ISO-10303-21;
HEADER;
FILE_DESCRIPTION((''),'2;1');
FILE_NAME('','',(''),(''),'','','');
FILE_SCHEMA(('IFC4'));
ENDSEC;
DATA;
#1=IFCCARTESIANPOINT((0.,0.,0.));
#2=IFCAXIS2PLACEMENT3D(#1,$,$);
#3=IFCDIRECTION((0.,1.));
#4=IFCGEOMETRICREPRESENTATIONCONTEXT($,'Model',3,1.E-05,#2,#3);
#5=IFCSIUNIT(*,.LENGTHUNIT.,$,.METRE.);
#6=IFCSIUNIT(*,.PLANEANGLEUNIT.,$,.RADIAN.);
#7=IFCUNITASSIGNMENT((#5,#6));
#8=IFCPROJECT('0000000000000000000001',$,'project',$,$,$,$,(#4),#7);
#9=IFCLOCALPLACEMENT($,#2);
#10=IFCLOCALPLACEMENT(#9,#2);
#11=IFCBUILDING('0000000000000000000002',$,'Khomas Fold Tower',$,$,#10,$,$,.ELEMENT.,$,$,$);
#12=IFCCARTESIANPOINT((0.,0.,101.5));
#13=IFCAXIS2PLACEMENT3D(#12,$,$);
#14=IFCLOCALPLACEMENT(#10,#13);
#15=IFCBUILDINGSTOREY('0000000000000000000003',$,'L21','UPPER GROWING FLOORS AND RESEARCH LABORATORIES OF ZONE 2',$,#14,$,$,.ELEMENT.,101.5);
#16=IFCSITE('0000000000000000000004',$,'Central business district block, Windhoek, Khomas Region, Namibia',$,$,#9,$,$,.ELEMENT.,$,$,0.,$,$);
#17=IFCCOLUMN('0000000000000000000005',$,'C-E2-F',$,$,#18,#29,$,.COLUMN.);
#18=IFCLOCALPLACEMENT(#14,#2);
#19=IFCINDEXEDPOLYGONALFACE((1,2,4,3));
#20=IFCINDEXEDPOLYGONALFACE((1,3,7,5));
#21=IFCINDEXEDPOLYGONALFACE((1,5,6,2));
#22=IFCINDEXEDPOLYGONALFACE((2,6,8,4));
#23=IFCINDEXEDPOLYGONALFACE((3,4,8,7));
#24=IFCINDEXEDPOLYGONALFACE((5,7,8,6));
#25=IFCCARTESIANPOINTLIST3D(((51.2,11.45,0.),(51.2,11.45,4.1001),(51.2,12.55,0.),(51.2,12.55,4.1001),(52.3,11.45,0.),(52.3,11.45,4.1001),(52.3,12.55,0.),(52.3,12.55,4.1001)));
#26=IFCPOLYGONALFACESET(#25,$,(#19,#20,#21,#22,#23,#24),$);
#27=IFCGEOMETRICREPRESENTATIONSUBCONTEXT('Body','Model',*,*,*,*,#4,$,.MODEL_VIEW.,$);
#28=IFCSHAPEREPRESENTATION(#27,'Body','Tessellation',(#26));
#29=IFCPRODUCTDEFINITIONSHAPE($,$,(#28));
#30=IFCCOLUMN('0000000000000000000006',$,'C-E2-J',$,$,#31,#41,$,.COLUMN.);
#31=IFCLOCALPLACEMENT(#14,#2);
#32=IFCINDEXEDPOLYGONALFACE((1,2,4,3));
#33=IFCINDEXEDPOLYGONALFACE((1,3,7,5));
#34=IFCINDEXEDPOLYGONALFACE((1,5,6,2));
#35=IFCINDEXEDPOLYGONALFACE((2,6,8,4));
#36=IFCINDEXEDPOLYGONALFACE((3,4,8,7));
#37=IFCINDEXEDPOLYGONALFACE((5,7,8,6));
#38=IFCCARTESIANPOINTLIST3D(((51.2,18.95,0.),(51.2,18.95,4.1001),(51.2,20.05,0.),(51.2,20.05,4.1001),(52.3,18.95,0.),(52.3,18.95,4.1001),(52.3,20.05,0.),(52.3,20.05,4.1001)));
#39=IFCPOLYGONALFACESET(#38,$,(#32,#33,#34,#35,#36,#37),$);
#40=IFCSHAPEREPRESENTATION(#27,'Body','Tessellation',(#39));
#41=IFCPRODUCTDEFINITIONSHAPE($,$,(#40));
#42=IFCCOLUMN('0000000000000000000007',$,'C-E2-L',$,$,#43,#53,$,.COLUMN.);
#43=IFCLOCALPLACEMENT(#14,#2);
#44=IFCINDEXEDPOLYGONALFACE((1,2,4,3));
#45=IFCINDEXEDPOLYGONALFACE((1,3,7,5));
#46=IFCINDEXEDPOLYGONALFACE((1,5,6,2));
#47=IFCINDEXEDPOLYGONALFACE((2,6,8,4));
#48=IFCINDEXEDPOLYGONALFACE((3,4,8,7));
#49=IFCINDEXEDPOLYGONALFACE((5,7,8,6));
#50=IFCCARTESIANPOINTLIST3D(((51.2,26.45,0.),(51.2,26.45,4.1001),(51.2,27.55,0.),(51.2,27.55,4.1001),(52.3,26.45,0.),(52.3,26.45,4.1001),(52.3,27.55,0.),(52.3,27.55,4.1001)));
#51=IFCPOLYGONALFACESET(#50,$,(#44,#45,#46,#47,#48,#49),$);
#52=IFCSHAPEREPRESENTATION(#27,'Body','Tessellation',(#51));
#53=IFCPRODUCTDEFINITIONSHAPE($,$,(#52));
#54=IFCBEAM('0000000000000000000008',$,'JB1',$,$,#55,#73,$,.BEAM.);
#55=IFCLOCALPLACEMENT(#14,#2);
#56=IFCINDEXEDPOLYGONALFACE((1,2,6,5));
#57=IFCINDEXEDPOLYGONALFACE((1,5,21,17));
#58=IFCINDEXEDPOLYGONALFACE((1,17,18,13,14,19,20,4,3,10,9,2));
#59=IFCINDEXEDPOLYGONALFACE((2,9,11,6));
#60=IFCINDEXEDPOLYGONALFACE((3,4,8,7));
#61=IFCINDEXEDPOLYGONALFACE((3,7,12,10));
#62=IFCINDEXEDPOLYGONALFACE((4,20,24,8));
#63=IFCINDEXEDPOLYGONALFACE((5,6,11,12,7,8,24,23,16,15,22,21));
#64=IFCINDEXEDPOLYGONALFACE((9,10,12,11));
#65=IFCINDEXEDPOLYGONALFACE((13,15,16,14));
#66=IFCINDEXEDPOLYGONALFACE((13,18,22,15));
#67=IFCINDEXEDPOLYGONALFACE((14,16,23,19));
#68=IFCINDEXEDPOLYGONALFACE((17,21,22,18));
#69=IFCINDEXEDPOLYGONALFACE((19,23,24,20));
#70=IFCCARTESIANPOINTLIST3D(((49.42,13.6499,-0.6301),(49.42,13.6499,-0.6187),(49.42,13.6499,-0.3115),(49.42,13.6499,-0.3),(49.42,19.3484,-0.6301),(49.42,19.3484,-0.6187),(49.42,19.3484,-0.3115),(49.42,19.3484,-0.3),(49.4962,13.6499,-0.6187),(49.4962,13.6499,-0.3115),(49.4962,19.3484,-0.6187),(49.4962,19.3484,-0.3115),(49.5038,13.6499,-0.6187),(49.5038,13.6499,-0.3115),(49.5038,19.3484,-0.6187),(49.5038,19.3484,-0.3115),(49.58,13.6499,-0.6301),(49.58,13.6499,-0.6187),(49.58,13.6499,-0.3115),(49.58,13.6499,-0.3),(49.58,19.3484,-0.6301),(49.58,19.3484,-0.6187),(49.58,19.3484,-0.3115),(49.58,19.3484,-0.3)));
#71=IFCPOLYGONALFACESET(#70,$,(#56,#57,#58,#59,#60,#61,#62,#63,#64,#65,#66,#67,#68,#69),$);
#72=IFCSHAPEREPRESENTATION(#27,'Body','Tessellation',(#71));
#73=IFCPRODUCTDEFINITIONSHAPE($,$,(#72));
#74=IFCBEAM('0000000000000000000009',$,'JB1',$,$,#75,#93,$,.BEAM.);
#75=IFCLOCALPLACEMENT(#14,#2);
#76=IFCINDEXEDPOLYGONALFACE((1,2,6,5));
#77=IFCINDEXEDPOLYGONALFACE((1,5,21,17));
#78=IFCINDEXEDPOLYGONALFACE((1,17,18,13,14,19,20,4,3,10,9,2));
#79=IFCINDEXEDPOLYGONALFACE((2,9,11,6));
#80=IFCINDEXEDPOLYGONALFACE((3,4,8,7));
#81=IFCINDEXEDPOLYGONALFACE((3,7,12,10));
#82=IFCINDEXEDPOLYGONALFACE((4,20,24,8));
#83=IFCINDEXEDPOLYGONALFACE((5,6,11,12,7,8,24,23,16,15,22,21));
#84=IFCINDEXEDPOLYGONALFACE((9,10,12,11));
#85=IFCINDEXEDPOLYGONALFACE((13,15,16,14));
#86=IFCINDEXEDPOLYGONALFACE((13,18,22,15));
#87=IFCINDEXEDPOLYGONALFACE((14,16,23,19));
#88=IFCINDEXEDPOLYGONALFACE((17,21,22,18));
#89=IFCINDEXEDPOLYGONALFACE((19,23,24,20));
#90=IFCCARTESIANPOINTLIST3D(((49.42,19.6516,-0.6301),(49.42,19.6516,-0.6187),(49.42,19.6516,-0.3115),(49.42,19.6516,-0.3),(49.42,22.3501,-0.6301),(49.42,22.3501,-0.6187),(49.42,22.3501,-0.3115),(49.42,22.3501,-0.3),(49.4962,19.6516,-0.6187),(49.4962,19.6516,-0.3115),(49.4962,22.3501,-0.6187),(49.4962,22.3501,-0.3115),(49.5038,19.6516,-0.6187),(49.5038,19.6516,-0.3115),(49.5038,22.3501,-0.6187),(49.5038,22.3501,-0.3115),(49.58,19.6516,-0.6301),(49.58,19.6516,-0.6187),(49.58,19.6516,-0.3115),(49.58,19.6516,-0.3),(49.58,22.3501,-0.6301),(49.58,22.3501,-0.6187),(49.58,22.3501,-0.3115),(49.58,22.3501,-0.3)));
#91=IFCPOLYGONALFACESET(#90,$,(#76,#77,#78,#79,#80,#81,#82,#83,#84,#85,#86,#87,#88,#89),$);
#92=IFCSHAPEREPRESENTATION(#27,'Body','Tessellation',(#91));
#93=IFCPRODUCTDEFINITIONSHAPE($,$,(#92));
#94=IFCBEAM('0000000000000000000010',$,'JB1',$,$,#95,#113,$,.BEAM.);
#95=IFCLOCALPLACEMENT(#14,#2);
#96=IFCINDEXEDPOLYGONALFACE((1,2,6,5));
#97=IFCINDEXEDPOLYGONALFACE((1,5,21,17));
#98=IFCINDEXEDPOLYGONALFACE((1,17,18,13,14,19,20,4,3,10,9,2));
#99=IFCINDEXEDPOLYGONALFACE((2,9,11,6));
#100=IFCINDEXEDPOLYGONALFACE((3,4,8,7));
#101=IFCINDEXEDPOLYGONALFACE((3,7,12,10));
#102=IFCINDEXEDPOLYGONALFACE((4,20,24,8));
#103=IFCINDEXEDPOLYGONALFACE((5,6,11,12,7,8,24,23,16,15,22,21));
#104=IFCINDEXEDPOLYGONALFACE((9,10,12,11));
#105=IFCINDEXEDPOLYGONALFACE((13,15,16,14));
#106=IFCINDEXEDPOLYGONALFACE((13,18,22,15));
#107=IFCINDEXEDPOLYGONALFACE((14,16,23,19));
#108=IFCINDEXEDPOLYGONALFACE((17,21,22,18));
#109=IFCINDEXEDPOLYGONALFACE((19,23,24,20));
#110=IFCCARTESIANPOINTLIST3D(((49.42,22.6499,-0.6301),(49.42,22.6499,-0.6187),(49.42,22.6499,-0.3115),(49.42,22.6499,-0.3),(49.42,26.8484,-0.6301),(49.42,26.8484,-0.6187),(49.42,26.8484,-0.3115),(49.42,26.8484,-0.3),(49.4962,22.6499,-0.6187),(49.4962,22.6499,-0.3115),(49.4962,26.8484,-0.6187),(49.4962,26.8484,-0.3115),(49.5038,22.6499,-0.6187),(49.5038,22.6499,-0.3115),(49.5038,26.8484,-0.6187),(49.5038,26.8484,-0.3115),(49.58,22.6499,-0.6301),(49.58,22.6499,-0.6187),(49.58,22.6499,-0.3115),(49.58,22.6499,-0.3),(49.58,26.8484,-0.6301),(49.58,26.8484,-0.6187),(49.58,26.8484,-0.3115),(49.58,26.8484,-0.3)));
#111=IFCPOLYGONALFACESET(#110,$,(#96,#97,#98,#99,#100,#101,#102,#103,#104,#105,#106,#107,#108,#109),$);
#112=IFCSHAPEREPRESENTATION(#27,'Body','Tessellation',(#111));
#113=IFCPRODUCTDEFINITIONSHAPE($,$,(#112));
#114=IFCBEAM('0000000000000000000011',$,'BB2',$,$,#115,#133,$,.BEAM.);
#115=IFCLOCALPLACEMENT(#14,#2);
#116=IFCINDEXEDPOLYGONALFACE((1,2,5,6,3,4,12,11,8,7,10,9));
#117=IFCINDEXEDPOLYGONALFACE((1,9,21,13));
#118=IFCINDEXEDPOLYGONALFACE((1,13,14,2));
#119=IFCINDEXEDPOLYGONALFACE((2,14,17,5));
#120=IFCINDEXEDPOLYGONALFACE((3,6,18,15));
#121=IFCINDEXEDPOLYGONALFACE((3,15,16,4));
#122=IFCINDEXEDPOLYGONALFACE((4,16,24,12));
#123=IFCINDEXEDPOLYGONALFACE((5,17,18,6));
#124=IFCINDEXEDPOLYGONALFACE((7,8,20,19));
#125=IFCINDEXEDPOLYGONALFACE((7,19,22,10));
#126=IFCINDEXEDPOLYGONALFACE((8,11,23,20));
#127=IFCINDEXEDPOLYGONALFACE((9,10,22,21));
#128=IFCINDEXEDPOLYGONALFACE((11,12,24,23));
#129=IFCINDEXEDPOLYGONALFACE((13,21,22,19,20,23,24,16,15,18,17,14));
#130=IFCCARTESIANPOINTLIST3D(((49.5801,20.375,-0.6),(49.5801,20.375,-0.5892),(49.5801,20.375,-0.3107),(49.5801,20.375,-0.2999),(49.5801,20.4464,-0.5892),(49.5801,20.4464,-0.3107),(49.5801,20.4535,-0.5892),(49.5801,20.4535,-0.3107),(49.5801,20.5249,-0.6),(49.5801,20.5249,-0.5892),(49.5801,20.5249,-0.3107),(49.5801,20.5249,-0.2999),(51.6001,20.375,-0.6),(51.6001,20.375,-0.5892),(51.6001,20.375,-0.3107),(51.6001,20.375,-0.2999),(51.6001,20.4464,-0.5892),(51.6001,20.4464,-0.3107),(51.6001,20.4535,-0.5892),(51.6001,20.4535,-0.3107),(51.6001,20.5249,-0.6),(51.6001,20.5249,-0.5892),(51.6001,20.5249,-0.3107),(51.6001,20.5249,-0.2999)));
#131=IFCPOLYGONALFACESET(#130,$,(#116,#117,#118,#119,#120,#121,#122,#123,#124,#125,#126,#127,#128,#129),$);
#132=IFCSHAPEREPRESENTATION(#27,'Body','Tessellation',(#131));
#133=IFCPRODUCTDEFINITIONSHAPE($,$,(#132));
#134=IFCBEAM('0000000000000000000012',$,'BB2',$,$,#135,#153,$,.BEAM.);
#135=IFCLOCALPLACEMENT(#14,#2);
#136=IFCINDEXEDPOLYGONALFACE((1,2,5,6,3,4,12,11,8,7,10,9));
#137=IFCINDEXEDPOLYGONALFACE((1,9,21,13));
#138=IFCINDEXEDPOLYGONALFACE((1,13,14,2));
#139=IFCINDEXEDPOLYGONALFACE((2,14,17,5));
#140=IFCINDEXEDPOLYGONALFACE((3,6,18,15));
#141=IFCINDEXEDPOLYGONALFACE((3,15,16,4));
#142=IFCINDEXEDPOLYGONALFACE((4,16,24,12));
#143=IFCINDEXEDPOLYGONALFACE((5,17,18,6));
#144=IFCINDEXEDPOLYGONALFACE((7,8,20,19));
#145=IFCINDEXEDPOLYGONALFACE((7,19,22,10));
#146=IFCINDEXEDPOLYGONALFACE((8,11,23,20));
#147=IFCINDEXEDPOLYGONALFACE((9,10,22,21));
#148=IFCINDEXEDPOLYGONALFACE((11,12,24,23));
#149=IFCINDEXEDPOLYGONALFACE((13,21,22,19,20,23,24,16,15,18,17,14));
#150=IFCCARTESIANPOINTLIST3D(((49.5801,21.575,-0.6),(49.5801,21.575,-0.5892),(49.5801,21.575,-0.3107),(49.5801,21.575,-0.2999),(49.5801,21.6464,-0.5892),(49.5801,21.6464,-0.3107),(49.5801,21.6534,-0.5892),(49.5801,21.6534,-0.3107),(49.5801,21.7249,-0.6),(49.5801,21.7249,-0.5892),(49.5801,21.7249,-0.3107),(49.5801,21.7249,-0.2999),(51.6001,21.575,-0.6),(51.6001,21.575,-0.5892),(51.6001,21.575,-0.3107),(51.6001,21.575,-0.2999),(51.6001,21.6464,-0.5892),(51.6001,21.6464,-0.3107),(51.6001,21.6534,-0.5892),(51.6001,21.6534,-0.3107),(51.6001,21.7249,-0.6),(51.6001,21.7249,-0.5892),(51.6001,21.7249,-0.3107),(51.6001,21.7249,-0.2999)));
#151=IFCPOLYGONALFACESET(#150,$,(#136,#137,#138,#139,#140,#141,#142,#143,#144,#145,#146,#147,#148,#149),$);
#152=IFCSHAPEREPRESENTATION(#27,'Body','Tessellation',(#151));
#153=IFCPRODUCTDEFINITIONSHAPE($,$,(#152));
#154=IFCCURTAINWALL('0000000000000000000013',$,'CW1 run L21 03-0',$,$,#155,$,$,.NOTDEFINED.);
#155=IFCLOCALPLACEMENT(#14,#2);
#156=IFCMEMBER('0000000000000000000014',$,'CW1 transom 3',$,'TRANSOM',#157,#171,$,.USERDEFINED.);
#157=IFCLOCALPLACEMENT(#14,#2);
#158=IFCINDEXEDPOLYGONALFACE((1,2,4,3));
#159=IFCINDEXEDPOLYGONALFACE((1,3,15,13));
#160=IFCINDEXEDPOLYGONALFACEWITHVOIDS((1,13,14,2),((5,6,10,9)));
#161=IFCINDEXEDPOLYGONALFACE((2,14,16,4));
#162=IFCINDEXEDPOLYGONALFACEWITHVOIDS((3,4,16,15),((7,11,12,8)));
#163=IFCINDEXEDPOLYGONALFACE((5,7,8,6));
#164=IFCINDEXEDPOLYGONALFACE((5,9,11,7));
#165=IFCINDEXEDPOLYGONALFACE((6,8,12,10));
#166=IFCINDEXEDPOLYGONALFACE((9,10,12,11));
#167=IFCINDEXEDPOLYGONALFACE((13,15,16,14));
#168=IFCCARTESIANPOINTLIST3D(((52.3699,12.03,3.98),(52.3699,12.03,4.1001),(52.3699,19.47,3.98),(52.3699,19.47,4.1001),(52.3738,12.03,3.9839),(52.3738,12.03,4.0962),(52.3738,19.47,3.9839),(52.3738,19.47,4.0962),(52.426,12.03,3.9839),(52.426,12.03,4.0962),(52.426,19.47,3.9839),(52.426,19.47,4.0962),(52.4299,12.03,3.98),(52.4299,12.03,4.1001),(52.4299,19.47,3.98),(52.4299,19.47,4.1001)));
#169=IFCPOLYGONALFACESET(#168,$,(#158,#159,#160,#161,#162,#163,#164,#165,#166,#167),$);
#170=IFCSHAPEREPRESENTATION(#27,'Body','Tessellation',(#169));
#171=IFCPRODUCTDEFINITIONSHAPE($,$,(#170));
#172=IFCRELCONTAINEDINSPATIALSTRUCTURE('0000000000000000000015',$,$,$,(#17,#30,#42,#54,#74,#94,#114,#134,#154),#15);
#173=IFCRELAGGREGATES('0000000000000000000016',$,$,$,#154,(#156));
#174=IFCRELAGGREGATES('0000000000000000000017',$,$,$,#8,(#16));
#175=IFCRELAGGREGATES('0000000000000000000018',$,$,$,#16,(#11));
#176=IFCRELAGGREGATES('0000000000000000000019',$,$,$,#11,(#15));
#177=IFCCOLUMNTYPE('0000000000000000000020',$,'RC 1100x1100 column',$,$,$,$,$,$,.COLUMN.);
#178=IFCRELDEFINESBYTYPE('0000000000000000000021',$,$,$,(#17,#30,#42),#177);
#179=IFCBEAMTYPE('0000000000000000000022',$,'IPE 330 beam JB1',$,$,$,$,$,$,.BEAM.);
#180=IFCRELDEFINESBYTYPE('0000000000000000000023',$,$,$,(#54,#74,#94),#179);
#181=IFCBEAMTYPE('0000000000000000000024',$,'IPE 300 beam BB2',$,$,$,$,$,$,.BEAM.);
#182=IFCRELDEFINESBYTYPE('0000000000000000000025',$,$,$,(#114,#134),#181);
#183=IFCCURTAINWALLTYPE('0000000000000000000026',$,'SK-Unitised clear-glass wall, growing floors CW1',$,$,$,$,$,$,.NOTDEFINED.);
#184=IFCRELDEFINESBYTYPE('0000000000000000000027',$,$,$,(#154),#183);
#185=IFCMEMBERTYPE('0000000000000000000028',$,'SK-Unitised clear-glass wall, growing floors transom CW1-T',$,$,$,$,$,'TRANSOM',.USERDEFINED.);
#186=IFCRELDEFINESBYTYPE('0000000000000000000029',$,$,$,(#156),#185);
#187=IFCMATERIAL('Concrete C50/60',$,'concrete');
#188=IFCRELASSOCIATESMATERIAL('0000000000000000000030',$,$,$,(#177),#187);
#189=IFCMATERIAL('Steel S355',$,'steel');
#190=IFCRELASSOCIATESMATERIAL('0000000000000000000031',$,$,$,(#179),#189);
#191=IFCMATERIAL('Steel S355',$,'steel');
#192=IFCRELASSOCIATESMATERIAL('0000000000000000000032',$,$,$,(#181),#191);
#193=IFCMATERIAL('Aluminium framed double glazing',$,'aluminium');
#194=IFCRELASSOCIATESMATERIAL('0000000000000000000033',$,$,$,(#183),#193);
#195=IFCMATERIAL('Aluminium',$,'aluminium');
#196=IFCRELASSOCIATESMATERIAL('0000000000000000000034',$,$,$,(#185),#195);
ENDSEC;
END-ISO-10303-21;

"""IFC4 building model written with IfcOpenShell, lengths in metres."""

from ifc_helpers import new_model, si_unit, direction, frame, origin, origin_2d, place, context, subcontext, project, spatial, rectangle, hollow_rectangle, i_section, extrude, source, transform, mapped, material, material_profile, profile_set, type_object, element, aggregate, save


model = new_model("IFC4")

# Units and contexts
model_context = context("Model", 3, precision=1e-05, world=origin(), true_north=direction((0.0, 1.0)))
body_context = subcontext(model_context, "Body", "Model", "MODEL_VIEW")
ifc_project = project(units=[si_unit("LENGTHUNIT", "METRE"), si_unit("PLANEANGLEUNIT", "RADIAN")], contexts=[model_context])

# Site, building, storey
site_placement = place(None, origin())
site = spatial("IfcSite", under=ifc_project, at=site_placement, Name="Central business district block, Windhoek, Khomas Region, Namibia", CompositionType="ELEMENT", RefElevation=0.0)
building_placement = place(site_placement, origin())
building = spatial("IfcBuilding", under=site, at=building_placement, Name="Khomas Fold Tower", CompositionType="ELEMENT")
storey_placement = place(building_placement, frame((0.0, 0.0, 101.5)))
storey = spatial("IfcBuildingStorey", under=building, at=storey_placement, Name="L21", Description="UPPER GROWING FLOORS AND RESEARCH LABORATORIES OF ZONE 2", CompositionType="ELEMENT", Elevation=101.5)

# Columns
ifc_material_1 = material(Name="Concrete C50/60", Category="concrete")
ifc_material_profile_1 = material_profile(ifc_material_1, rectangle(XDim=1.1001, YDim=1.1001, at=origin_2d()), Name="RC 1100x1100")
ifc_profile_set_1 = profile_set([ifc_material_profile_1], Name="Concrete C50/60")
column_type = type_object("IfcColumnType", Name="RC 1100x1100 column", PredefinedType="COLUMN", material=ifc_profile_set_1)
shared_shape_1 = source(origin(), body_context, "Body", "SweptSolid", [
    extrude(rectangle(XDim=1.1001, YDim=1.1001, at=origin_2d()), origin(), (0.0, 0.0, 1.0), 4.1001),
])
for number, where, z_axis, x_axis, name in (
    (1, (51.75, 12.0, 0.0), (0.0, 0.0, 1.0), (1.0, 0.0, 0.0), "C-E2-F"),
    (2, (51.75, 19.5, 0.0), (0.0, 0.0, 1.0), (1.0, 0.0, 0.0), "C-E2-J"),
    (3, (51.75, 27.0, 0.0), (0.0, 0.0, 1.0), (1.0, 0.0, 0.0), "C-E2-L"),
):
    element("IfcColumn", number, at=place(storey_placement, frame(where, z_axis=z_axis, x_axis=x_axis)), inside=storey, type_object=column_type, Name=name, PredefinedType="COLUMN", context=body_context, shape_type="MappedRepresentation", body=[
        mapped(shared_shape_1, transform((0.0, 0.0, 0.0))),
    ])

# Beams
ifc_material_2 = material(Name="Steel S355", Category="steel")
ifc_material_profile_2 = material_profile(ifc_material_2, i_section(OverallWidth=0.1599, OverallDepth=0.3301, WebThickness=0.0076, FlangeThickness=0.0115, at=origin_2d()), Name="IPE 330")
ifc_profile_set_2 = profile_set([ifc_material_profile_2], Name="Steel S355")
beam_type_1 = type_object("IfcBeamType", Name="IPE 330 beam JB1", PredefinedType="BEAM", material=ifc_profile_set_2)
shared_shape_2 = source(origin(), body_context, "Body", "SweptSolid", [
    extrude(i_section(OverallWidth=0.1599, OverallDepth=0.3301, WebThickness=0.0076, FlangeThickness=0.0115, at=origin_2d()), origin(), (0.0, 0.0, 1.0), 5.6985),
])
beam_1_placement = place(storey_placement, frame((49.5, 13.6499, -0.4651), z_axis=(0.0, 1.0, 0.0), x_axis=(-1.0, 0.0, 0.0)))
element("IfcBeam", 4, at=beam_1_placement, inside=storey, type_object=beam_type_1, Name="JB1", PredefinedType="BEAM", context=body_context, shape_type="MappedRepresentation", body=[
    mapped(shared_shape_2, transform((0.0, 0.0, 0.0))),
])
shared_shape_3 = source(origin(), body_context, "Body", "SweptSolid", [
    extrude(i_section(OverallWidth=0.1599, OverallDepth=0.3301, WebThickness=0.0076, FlangeThickness=0.0115, at=origin_2d()), origin(), (0.0, 0.0, 1.0), 2.6985),
])
beam_2_placement = place(storey_placement, frame((49.5, 19.6516, -0.4651), z_axis=(0.0, 1.0, 0.0), x_axis=(-1.0, 0.0, 0.0)))
element("IfcBeam", 5, at=beam_2_placement, inside=storey, type_object=beam_type_1, Name="JB1", PredefinedType="BEAM", context=body_context, shape_type="MappedRepresentation", body=[
    mapped(shared_shape_3, transform((0.0, 0.0, 0.0))),
])
shared_shape_4 = source(origin(), body_context, "Body", "SweptSolid", [
    extrude(i_section(OverallWidth=0.1599, OverallDepth=0.3301, WebThickness=0.0076, FlangeThickness=0.0115, at=origin_2d()), origin(), (0.0, 0.0, 1.0), 4.1985),
])
beam_3_placement = place(storey_placement, frame((49.5, 22.6499, -0.4651), z_axis=(0.0, 1.0, 0.0), x_axis=(-1.0, 0.0, 0.0)))
element("IfcBeam", 6, at=beam_3_placement, inside=storey, type_object=beam_type_1, Name="JB1", PredefinedType="BEAM", context=body_context, shape_type="MappedRepresentation", body=[
    mapped(shared_shape_4, transform((0.0, 0.0, 0.0))),
])
ifc_material_3 = material(Name="Steel S355", Category="steel")
ifc_material_profile_3 = material_profile(ifc_material_3, i_section(OverallWidth=0.1499, OverallDepth=0.3, WebThickness=0.0071, FlangeThickness=0.0107, at=origin_2d()), Name="IPE 300")
ifc_profile_set_3 = profile_set([ifc_material_profile_3], Name="Steel S355")
beam_type_2 = type_object("IfcBeamType", Name="IPE 300 beam BB2", PredefinedType="BEAM", material=ifc_profile_set_3)
shared_shape_5 = source(origin(), body_context, "Body", "SweptSolid", [
    extrude(i_section(OverallWidth=0.1499, OverallDepth=0.3, WebThickness=0.0071, FlangeThickness=0.0107, at=origin_2d()), origin(), (0.0, 0.0, 1.0), 2.02),
])
for number, where, z_axis, x_axis, name in (
    (7, (49.5801, 20.45, -0.45), (1.0, 0.0, 0.0), (0.0, 1.0, 0.0), "BB2"),
    (8, (49.5801, 21.6499, -0.45), (1.0, 0.0, 0.0), (0.0, 1.0, 0.0), "BB2"),
):
    element("IfcBeam", number, at=place(storey_placement, frame(where, z_axis=z_axis, x_axis=x_axis)), inside=storey, type_object=beam_type_2, Name=name, PredefinedType="BEAM", context=body_context, shape_type="MappedRepresentation", body=[
        mapped(shared_shape_5, transform((0.0, 0.0, 0.0))),
    ])

# Curtain wall, member
ifc_material_4 = material(Name="Aluminium framed double glazing", Category="aluminium")
curtain_wall_type = type_object("IfcCurtainWallType", Name="SK-Unitised clear-glass wall, growing floors CW1", PredefinedType="NOTDEFINED", material=ifc_material_4)
curtain_wall_1_placement = place(storey_placement, origin())
curtain_wall_1 = element("IfcCurtainWall", 9, at=curtain_wall_1_placement, inside=storey, type_object=curtain_wall_type, Name="CW1 run L21 03-0", PredefinedType="NOTDEFINED")
ifc_material_5 = material(Name="Aluminium", Category="aluminium")
ifc_material_profile_4 = material_profile(ifc_material_5, hollow_rectangle(XDim=0.0601, YDim=0.1201, WallThickness=0.0039, at=origin_2d()), Name="SK-Unitised clear-glass wall, growing floors transom CW1-T")
ifc_profile_set_4 = profile_set([ifc_material_profile_4], Name="Aluminium")
member_type_1 = type_object("IfcMemberType", Name="SK-Unitised clear-glass wall, growing floors transom CW1-T", ElementType="TRANSOM", PredefinedType="USERDEFINED", material=ifc_profile_set_4)
shared_shape_6 = source(origin(), body_context, "Body", "SweptSolid", [
    extrude(hollow_rectangle(XDim=0.0601, YDim=0.1201, WallThickness=0.0039, at=origin_2d()), origin(), (0.0, 0.0, 1.0), 7.4399),
])
member_1_placement = place(storey_placement, frame((52.3999, 12.03, 4.04), z_axis=(0.0, 1.0, 0.0), x_axis=(-1.0, 0.0, 0.0)))
member_1 = element("IfcMember", 10, at=member_1_placement, type_object=member_type_1, Name="CW1 transom 3", ObjectType="TRANSOM", PredefinedType="USERDEFINED", context=body_context, shape_type="MappedRepresentation", body=[
    mapped(shared_shape_6, transform((0.0, 0.0, 0.0))),
])

aggregate(curtain_wall_1, [member_1])

save(model, "model.ifc")
